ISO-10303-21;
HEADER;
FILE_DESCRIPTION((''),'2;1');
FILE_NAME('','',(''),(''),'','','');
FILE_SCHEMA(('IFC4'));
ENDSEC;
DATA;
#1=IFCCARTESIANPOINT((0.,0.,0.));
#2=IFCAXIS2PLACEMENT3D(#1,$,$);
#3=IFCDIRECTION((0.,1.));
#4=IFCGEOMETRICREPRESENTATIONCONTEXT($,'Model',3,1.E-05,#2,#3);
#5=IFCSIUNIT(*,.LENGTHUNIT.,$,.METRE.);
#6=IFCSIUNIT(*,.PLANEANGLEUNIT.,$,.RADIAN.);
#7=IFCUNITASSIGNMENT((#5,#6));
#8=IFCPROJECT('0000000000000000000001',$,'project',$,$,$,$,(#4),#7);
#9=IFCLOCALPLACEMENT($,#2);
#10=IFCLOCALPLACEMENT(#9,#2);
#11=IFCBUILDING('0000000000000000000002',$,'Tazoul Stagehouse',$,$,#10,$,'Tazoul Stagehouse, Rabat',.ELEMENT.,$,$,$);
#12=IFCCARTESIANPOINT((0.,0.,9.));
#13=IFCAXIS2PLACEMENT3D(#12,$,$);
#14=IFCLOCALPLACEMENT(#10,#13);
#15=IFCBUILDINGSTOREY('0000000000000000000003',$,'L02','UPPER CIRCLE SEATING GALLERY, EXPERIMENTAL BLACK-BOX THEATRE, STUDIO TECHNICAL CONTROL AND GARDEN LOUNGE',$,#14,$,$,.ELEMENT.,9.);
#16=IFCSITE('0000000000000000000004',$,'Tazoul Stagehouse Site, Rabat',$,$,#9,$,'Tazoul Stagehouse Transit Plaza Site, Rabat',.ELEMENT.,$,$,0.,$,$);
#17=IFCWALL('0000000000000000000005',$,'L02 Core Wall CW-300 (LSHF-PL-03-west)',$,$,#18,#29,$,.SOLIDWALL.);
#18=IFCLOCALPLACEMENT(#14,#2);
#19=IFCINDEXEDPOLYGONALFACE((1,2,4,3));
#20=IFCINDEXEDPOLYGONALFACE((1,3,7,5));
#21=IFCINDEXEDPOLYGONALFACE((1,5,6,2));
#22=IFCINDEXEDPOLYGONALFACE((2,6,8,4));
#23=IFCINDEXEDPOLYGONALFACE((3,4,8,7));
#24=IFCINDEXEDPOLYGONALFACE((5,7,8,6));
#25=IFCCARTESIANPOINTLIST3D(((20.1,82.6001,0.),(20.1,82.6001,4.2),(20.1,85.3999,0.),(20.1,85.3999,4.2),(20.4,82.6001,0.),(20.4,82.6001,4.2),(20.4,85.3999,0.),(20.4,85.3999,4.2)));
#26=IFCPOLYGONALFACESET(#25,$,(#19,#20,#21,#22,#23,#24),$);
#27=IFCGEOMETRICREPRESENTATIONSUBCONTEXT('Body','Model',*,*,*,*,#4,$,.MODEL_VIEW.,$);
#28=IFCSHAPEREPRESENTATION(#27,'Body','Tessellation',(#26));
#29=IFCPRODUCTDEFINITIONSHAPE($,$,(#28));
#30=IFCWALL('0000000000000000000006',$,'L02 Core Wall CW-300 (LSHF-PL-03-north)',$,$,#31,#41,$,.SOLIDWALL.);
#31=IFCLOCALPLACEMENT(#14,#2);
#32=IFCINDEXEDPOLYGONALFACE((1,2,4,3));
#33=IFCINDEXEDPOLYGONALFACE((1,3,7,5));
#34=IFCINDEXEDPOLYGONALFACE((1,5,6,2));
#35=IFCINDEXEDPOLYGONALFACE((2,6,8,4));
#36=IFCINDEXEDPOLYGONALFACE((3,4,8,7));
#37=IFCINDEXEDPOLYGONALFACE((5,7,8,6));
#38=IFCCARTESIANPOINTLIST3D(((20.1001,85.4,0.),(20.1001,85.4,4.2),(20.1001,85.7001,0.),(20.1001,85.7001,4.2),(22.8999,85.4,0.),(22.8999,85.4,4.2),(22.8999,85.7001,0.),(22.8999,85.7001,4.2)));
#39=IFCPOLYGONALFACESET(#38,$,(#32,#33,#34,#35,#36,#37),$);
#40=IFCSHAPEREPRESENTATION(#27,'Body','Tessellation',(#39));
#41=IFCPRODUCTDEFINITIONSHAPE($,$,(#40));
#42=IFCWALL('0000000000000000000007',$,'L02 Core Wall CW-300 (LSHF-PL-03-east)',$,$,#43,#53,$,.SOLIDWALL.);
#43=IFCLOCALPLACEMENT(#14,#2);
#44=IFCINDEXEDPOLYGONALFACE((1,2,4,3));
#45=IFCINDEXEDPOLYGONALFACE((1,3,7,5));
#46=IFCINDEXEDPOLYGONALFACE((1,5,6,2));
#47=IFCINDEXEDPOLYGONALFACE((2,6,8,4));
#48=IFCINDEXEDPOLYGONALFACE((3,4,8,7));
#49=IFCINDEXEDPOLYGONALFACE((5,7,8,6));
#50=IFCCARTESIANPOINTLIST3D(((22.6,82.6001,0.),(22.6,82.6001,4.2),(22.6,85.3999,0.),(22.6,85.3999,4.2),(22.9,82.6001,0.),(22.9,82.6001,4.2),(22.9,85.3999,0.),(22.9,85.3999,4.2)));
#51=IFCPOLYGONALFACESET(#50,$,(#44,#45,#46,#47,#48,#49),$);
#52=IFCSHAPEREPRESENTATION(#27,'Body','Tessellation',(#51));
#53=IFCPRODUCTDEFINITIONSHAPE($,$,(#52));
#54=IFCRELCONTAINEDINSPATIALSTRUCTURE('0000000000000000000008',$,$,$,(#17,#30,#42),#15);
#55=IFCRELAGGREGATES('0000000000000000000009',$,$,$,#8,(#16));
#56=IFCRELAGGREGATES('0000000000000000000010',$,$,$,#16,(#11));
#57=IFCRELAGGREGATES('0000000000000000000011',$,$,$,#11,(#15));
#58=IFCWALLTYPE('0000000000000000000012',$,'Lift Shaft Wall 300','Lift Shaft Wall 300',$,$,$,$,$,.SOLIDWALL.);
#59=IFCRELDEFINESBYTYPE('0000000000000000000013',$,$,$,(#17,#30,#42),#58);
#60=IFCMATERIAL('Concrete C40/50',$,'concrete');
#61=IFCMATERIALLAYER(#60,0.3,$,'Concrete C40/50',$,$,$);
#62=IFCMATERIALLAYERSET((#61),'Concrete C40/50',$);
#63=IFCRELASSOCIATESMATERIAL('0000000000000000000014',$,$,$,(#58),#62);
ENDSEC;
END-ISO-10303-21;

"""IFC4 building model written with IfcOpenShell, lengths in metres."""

from ifc_helpers import new_model, si_unit, direction, frame, frame_2d, origin, place, context, subcontext, project, spatial, rectangle, extrude, material, layer, layer_set, type_object, element, save


model = new_model("IFC4")

# Units and contexts
model_context = context("Model", 3, precision=1e-05, world=origin(), true_north=direction((0.0, 1.0)))
body_context = subcontext(model_context, "Body", "Model", "MODEL_VIEW")
ifc_project = project(units=[si_unit("LENGTHUNIT", "METRE"), si_unit("PLANEANGLEUNIT", "RADIAN")], contexts=[model_context])

# Site, building, storey
site_placement = place(None, origin())
site = spatial("IfcSite", under=ifc_project, at=site_placement, Name="Tazoul Stagehouse Site, Rabat", LongName="Tazoul Stagehouse Transit Plaza Site, Rabat", CompositionType="ELEMENT", RefElevation=0.0)
building_placement = place(site_placement, origin())
building = spatial("IfcBuilding", under=site, at=building_placement, Name="Tazoul Stagehouse", LongName="Tazoul Stagehouse, Rabat", CompositionType="ELEMENT")
storey_placement = place(building_placement, frame((0.0, 0.0, 9.0)))
storey = spatial("IfcBuildingStorey", under=building, at=storey_placement, Name="L02", Description="UPPER CIRCLE SEATING GALLERY, EXPERIMENTAL BLACK-BOX THEATRE, STUDIO TECHNICAL CONTROL AND GARDEN LOUNGE", CompositionType="ELEMENT", Elevation=9.0)

# Shared definitions
ifc_material_1 = material(Name="Concrete C40/50", Category="concrete")

# Shared definitions
ifc_layer_1 = layer(ifc_material_1, 0.3, Name="Concrete C40/50")
ifc_layer_set_1 = layer_set([ifc_layer_1], Name="Concrete C40/50")
wall_type_1 = type_object("IfcWallType", Name="Lift Shaft Wall 300", Description="Lift Shaft Wall 300", PredefinedType="SOLIDWALL", material=ifc_layer_set_1)

# Walls
for number, where, z_axis, x_axis, name in (
    (1, (20.25, 82.6001, 0.0), (0.0, 0.0, 1.0), (0.0, 1.0, 0.0), "L02 Core Wall CW-300 (LSHF-PL-03-west)"),
    (2, (20.1001, 85.55, 0.0), (0.0, 0.0, 1.0), (1.0, 0.0, 0.0), "L02 Core Wall CW-300 (LSHF-PL-03-north)"),
    (3, (22.75, 85.3999, 0.0), (0.0, 0.0, 1.0), (0.0, -1.0, 0.0), "L02 Core Wall CW-300 (LSHF-PL-03-east)"),
):
    element("IfcWall", number, at=place(storey_placement, frame(where, z_axis=z_axis, x_axis=x_axis)), inside=storey, type_object=wall_type_1, Name=name, PredefinedType="SOLIDWALL", context=body_context, shape_type="SweptSolid", body=[
        extrude(rectangle(XDim=2.7998, YDim=0.3, at=frame_2d((1.3999, 0.0))), origin(), (0.0, 0.0, 1.0), 4.2),
    ])

save(model, "model.ifc")
